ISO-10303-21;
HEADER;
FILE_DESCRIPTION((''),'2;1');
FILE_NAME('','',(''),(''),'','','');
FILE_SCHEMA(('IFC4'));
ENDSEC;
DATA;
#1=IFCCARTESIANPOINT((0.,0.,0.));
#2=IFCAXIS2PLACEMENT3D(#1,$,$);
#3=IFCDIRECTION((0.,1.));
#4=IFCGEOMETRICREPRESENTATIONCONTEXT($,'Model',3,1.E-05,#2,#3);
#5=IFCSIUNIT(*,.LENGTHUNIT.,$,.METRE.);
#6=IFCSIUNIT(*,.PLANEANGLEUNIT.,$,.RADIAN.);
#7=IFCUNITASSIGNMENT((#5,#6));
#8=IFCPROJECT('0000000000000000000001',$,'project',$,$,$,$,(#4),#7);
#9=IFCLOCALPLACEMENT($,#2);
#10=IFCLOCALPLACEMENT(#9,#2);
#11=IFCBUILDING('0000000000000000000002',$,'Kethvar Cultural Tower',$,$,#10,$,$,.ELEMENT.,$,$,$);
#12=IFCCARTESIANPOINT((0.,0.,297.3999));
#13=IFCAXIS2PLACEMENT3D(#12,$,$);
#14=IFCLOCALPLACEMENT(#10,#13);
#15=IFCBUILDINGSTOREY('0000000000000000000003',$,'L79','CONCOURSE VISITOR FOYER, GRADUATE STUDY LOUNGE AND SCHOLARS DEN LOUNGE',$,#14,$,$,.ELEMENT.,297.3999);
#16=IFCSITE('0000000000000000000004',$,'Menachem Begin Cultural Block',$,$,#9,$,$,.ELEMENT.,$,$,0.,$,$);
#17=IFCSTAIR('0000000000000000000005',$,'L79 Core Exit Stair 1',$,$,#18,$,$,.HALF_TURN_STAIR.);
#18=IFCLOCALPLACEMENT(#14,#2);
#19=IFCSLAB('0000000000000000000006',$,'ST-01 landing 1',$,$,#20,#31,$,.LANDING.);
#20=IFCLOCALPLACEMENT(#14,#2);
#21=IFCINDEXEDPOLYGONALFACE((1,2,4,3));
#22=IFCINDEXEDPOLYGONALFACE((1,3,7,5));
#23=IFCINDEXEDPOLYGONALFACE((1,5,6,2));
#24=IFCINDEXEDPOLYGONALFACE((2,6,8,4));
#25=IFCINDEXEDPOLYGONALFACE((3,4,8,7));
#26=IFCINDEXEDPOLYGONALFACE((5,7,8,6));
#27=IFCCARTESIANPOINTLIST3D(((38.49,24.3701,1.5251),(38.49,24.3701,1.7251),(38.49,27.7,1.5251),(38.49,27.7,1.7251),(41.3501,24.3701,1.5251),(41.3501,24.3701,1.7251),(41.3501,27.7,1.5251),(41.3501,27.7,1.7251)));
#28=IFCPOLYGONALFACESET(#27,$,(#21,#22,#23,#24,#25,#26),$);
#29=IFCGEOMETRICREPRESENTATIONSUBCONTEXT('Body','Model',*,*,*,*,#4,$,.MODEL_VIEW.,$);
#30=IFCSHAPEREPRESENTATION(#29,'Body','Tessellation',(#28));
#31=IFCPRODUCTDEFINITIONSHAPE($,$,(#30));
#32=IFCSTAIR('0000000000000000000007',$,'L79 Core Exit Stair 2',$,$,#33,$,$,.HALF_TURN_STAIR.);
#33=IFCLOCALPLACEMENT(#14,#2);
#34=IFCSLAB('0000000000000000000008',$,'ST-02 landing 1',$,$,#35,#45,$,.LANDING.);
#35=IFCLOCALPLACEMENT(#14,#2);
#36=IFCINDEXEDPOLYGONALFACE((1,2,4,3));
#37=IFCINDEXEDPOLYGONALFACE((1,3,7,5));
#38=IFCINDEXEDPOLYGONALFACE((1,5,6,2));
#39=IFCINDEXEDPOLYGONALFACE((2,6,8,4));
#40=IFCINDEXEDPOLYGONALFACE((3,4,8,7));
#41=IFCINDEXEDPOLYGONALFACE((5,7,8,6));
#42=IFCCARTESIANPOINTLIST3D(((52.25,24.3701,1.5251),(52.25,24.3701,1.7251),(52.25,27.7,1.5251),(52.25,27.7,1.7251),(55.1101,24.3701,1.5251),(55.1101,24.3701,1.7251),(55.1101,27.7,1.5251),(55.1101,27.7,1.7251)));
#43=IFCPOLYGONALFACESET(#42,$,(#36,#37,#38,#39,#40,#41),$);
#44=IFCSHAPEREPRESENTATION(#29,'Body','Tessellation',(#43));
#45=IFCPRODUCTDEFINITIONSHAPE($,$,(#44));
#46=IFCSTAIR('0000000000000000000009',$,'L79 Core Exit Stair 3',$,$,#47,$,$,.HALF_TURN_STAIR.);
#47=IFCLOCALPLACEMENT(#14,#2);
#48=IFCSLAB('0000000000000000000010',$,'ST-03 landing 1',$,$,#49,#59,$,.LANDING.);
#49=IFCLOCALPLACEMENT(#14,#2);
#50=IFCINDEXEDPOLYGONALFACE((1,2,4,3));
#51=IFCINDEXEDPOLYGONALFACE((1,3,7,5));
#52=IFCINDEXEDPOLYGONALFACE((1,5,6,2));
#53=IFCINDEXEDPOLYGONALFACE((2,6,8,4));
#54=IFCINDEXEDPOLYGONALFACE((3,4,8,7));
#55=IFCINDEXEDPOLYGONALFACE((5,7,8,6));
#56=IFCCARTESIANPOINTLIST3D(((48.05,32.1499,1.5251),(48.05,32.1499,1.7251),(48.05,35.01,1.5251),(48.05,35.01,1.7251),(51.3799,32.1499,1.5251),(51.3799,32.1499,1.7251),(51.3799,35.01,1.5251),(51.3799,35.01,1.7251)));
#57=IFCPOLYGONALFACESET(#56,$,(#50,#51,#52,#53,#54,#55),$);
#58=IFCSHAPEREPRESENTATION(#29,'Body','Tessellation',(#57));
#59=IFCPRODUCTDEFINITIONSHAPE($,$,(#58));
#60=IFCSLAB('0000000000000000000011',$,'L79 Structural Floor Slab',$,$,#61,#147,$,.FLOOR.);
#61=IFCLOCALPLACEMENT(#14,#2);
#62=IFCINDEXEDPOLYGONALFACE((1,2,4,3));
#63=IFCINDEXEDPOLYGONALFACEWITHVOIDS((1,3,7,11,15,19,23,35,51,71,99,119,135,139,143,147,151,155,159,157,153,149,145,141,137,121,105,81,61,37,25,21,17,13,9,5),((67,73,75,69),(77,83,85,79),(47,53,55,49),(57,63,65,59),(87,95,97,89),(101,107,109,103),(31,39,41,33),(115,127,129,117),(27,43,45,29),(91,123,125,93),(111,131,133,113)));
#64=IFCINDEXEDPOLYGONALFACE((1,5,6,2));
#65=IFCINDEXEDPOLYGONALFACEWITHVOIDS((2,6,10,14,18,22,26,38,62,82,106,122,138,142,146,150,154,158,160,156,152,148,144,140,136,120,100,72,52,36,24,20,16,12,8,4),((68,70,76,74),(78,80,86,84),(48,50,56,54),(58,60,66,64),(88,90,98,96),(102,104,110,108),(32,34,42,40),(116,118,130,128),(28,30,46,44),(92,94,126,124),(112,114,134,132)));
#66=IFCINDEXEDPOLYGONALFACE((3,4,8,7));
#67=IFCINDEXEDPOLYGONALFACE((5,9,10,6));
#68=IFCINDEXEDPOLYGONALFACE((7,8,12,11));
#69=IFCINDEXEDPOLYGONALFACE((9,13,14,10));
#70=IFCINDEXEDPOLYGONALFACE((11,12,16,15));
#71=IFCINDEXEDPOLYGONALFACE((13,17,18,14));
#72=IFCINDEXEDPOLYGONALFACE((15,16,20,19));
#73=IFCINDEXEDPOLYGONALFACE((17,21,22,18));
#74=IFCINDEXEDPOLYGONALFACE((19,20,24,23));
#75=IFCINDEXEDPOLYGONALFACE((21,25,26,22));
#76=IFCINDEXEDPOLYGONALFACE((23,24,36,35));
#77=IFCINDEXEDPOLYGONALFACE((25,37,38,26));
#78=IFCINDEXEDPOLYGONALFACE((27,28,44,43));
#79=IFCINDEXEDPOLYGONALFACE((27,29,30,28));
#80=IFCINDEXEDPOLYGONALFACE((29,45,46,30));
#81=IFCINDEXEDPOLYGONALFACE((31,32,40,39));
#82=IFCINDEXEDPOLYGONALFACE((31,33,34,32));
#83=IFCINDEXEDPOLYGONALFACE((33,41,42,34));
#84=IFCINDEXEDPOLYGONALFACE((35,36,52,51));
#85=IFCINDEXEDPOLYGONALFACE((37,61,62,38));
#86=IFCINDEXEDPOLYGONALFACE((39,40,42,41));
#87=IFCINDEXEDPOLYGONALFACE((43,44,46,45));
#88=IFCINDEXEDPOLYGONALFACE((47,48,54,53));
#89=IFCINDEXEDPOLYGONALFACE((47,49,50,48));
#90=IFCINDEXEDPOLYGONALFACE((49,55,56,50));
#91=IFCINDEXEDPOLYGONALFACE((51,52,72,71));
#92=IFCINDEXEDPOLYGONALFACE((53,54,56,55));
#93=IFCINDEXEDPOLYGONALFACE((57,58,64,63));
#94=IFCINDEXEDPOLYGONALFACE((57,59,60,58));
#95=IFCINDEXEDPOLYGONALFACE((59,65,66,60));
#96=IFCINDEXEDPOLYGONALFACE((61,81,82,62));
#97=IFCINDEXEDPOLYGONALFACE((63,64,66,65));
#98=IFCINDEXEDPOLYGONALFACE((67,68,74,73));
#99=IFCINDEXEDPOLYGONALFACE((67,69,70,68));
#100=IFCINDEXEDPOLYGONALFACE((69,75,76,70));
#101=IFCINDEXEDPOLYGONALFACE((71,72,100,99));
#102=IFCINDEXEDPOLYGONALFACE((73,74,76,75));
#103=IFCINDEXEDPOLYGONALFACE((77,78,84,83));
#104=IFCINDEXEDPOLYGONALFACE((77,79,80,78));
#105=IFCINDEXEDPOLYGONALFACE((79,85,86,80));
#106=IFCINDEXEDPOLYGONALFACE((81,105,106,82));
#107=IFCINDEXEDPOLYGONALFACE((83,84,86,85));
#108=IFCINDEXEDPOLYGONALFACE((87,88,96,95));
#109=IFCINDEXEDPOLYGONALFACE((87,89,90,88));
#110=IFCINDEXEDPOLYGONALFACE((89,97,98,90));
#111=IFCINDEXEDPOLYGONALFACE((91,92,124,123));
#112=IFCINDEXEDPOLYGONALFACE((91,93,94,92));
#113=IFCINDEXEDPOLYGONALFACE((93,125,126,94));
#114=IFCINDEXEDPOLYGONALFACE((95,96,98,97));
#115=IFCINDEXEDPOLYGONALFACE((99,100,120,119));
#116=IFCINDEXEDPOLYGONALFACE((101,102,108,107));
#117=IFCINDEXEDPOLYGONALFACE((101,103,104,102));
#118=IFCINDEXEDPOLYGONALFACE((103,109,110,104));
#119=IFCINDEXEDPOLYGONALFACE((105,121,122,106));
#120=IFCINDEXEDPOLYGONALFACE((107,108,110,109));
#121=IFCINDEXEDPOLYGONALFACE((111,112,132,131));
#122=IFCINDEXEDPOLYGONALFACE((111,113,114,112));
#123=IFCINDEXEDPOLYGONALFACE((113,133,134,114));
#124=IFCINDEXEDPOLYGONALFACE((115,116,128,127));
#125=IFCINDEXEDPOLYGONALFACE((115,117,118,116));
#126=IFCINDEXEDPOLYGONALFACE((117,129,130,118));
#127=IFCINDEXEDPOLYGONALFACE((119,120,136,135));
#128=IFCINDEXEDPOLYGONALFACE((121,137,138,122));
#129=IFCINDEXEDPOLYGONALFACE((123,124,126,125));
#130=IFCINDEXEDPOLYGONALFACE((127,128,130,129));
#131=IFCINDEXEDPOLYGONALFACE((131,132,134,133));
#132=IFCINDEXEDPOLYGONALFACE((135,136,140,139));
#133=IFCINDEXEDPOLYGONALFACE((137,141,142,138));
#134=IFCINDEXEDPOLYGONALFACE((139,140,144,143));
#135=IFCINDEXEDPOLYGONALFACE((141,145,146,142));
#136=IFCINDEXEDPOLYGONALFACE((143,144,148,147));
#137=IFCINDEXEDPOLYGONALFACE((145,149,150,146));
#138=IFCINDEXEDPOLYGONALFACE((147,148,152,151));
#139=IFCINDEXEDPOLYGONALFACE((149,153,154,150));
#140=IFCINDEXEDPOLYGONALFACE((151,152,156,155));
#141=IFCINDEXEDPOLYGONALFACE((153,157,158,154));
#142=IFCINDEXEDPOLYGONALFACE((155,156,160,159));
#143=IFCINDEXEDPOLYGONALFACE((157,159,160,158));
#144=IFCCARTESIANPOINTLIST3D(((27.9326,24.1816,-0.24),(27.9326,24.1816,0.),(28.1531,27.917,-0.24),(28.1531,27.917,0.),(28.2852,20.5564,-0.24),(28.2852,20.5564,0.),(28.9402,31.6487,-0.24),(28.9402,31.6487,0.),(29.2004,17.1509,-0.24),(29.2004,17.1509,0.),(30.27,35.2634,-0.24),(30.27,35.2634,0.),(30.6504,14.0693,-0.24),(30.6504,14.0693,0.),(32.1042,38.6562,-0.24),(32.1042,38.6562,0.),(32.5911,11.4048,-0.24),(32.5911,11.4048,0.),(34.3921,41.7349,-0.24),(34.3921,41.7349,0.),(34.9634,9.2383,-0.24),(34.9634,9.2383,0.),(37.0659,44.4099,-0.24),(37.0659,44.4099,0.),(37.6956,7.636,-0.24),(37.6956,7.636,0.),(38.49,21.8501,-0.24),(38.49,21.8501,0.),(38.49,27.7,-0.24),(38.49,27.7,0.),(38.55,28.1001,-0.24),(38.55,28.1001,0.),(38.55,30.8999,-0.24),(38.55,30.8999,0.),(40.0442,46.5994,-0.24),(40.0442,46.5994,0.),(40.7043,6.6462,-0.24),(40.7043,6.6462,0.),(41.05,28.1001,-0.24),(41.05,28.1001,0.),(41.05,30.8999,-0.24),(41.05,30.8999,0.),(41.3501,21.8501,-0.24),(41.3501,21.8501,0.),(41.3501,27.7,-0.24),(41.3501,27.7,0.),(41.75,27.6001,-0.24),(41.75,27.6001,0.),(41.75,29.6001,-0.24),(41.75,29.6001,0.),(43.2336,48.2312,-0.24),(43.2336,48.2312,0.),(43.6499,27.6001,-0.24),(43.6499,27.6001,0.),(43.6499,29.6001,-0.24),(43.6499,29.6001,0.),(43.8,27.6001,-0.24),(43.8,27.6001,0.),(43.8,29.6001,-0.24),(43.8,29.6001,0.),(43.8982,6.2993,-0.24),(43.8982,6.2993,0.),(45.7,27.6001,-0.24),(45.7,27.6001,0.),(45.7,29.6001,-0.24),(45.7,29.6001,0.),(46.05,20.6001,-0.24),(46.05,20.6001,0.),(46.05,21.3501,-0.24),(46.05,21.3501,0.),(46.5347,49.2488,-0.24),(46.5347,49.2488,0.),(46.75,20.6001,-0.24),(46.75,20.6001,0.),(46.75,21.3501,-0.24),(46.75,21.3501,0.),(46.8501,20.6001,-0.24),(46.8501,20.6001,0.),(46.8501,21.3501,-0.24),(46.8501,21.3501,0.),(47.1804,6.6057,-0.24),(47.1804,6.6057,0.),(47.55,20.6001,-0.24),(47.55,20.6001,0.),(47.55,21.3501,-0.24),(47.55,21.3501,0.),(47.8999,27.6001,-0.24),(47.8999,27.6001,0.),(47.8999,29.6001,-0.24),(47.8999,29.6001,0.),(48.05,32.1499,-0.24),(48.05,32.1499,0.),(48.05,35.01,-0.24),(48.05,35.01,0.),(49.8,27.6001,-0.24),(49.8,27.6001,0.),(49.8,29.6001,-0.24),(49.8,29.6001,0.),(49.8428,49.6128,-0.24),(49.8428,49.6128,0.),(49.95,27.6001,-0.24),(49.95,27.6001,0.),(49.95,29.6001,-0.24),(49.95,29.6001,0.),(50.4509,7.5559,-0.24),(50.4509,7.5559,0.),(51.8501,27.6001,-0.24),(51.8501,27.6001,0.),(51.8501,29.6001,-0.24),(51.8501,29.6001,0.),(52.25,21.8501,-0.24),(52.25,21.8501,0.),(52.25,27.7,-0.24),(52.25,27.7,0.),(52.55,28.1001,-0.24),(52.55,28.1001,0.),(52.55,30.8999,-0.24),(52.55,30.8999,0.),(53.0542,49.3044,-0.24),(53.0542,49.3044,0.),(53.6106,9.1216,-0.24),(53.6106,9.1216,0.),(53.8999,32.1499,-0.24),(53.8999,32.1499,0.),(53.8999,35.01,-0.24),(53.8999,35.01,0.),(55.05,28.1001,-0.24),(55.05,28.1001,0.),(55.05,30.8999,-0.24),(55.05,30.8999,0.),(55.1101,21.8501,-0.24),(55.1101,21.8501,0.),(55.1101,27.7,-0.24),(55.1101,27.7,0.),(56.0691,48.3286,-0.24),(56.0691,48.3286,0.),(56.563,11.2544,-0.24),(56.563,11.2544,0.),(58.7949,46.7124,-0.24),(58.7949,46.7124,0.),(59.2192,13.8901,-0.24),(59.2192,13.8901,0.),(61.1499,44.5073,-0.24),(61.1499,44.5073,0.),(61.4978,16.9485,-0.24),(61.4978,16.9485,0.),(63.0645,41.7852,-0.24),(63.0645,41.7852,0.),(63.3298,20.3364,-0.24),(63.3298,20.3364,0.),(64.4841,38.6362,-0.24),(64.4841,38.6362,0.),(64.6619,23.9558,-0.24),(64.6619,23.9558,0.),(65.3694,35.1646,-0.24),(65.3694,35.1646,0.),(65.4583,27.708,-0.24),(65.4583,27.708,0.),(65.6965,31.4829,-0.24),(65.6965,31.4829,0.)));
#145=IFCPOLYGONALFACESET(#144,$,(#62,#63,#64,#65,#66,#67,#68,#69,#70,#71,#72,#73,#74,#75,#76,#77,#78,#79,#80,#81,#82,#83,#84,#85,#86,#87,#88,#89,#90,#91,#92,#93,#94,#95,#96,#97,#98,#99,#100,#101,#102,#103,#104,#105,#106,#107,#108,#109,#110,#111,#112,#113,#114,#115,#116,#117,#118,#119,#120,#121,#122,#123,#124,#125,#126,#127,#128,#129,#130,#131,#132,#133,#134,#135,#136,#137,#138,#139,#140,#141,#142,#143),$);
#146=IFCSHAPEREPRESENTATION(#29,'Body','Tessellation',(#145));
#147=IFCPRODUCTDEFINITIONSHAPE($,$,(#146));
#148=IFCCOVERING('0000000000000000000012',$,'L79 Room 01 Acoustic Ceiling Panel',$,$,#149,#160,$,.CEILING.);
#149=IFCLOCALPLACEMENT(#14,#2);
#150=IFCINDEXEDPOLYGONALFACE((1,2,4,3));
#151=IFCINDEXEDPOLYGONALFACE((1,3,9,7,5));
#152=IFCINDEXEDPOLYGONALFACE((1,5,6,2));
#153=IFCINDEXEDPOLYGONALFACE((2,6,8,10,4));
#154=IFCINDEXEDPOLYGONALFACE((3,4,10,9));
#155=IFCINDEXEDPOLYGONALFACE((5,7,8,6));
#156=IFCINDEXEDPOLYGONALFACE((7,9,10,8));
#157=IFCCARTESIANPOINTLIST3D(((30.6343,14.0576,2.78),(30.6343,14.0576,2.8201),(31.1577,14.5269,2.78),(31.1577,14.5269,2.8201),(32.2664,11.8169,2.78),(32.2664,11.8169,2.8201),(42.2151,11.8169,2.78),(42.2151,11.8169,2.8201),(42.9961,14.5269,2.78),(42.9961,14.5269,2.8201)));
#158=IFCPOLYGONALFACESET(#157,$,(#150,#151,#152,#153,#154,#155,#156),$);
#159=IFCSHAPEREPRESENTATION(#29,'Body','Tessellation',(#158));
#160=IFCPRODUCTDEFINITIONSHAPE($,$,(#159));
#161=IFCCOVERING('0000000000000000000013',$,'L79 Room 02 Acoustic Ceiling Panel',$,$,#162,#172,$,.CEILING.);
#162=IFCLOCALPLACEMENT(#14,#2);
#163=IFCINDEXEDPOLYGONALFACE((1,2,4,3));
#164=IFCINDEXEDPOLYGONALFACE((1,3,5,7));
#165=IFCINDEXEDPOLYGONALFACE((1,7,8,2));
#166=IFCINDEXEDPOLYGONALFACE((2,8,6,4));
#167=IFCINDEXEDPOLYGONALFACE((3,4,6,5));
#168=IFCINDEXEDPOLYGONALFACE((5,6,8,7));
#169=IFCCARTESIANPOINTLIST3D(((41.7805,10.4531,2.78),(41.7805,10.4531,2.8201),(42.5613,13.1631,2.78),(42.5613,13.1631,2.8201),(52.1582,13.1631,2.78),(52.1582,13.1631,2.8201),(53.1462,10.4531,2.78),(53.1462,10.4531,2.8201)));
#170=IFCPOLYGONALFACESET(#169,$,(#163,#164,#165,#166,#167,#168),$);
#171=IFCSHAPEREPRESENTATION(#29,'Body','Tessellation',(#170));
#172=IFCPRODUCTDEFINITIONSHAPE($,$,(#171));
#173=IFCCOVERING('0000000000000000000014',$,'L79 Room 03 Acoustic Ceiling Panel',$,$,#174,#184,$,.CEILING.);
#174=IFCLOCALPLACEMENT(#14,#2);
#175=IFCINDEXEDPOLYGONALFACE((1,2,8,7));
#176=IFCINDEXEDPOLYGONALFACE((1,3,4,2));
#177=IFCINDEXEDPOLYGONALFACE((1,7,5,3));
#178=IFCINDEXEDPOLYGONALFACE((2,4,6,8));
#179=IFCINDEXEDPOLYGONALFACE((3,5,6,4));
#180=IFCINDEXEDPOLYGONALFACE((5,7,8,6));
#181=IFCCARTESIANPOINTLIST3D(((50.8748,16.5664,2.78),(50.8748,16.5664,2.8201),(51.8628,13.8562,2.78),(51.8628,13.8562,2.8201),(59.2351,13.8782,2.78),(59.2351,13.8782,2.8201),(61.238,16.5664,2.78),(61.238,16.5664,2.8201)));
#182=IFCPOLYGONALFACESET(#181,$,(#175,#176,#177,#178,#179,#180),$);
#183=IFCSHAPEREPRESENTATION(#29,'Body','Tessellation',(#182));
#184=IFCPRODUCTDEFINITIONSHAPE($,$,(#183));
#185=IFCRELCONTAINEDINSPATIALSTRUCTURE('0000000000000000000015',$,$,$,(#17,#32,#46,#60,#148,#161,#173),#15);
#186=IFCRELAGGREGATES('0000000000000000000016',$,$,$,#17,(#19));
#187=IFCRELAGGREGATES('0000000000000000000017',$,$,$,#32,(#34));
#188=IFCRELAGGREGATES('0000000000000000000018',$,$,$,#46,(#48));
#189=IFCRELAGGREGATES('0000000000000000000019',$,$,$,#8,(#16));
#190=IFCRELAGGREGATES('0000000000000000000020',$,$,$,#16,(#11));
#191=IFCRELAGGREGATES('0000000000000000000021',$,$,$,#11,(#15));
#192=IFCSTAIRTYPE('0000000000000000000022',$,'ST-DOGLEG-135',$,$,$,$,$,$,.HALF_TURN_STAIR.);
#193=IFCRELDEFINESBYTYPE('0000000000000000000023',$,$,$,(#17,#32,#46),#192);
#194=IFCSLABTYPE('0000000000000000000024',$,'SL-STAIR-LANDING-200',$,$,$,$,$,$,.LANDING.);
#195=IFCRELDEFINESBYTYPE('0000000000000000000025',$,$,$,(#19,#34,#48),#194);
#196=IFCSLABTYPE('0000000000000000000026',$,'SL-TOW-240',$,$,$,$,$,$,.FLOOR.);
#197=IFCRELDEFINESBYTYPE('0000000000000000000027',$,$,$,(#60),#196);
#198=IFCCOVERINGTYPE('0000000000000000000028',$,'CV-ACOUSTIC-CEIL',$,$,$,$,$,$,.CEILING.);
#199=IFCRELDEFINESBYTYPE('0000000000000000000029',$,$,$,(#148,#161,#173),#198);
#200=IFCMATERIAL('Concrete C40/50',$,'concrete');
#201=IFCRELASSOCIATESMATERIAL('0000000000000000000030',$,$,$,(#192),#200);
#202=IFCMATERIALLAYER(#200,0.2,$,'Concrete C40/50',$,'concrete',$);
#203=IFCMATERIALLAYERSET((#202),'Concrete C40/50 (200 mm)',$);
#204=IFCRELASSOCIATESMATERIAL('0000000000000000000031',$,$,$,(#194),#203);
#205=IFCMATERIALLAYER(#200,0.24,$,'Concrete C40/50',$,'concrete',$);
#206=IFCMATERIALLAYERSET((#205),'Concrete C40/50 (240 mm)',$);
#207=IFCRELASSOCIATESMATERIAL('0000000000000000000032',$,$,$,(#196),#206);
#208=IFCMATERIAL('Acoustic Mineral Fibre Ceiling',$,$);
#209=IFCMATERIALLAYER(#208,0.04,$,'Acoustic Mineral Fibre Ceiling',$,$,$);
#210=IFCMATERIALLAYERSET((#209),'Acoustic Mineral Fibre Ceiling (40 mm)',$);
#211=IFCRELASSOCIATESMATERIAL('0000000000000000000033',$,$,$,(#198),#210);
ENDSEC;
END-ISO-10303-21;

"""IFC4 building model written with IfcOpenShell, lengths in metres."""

from ifc_helpers import new_model, si_unit, direction, frame, origin, place, context, subcontext, project, spatial, polyline, outline, extrude, material, layer, layer_set, type_object, element, aggregate, save


model = new_model("IFC4")

# Units and contexts
model_context = context("Model", 3, precision=1e-05, world=origin(), true_north=direction((0.0, 1.0)))
body_context = subcontext(model_context, "Body", "Model", "MODEL_VIEW")
ifc_project = project(units=[si_unit("LENGTHUNIT", "METRE"), si_unit("PLANEANGLEUNIT", "RADIAN")], contexts=[model_context])

# Site, building, storey
site_placement = place(None, origin())
site = spatial("IfcSite", under=ifc_project, at=site_placement, Name="Menachem Begin Cultural Block", CompositionType="ELEMENT", RefElevation=0.0)
building_placement = place(site_placement, origin())
building = spatial("IfcBuilding", under=site, at=building_placement, Name="Kethvar Cultural Tower", CompositionType="ELEMENT")
storey_placement = place(building_placement, frame((0.0, 0.0, 297.3999)))
storey = spatial("IfcBuildingStorey", under=building, at=storey_placement, Name="L79", Description="CONCOURSE VISITOR FOYER, GRADUATE STUDY LOUNGE AND SCHOLARS DEN LOUNGE", CompositionType="ELEMENT", Elevation=297.3999)

# Stairs, slabs
ifc_material_1 = material(Name="Concrete C40/50", Category="concrete")
stair_type = type_object("IfcStairType", Name="ST-DOGLEG-135", PredefinedType="HALF_TURN_STAIR", material=ifc_material_1)
stair_1_placement = place(storey_placement, origin())
stair_1 = element("IfcStair", 1, at=stair_1_placement, inside=storey, type_object=stair_type, Name="L79 Core Exit Stair 1", PredefinedType="HALF_TURN_STAIR")
ifc_layer_1 = layer(ifc_material_1, 0.2, Name="Concrete C40/50", Category="concrete")
ifc_layer_set_1 = layer_set([ifc_layer_1], Name="Concrete C40/50 (200 mm)")
slab_type_1 = type_object("IfcSlabType", Name="SL-STAIR-LANDING-200", PredefinedType="LANDING", material=ifc_layer_set_1)
slab_1_placement = place(storey_placement, frame((0.0, 0.0, 1.5251)))
slab_1 = element("IfcSlab", 2, at=slab_1_placement, type_object=slab_type_1, Name="ST-01 landing 1", PredefinedType="LANDING", context=body_context, shape_type="SweptSolid", body=[
    extrude(outline(polyline([(41.3501, 24.3701), (41.3501, 27.7), (38.49, 27.7), (38.49, 24.3701), (41.3501, 24.3701)])), origin(), (0.0, 0.0, 1.0), 0.2),
])
aggregate(stair_1, [slab_1])
stair_2_placement = place(storey_placement, origin())
stair_2 = element("IfcStair", 3, at=stair_2_placement, inside=storey, type_object=stair_type, Name="L79 Core Exit Stair 2", PredefinedType="HALF_TURN_STAIR")
slab_2_placement = place(storey_placement, frame((0.0, 0.0, 1.5251)))
slab_2 = element("IfcSlab", 4, at=slab_2_placement, type_object=slab_type_1, Name="ST-02 landing 1", PredefinedType="LANDING", context=body_context, shape_type="SweptSolid", body=[
    extrude(outline(polyline([(55.1101, 24.3701), (55.1101, 27.7), (52.25, 27.7), (52.25, 24.3701), (55.1101, 24.3701)])), origin(), (0.0, 0.0, 1.0), 0.2),
])
aggregate(stair_2, [slab_2])
stair_3_placement = place(storey_placement, origin())
stair_3 = element("IfcStair", 5, at=stair_3_placement, inside=storey, type_object=stair_type, Name="L79 Core Exit Stair 3", PredefinedType="HALF_TURN_STAIR")
slab_3_placement = place(storey_placement, frame((0.0, 0.0, 1.5251)))
slab_3 = element("IfcSlab", 6, at=slab_3_placement, type_object=slab_type_1, Name="ST-03 landing 1", PredefinedType="LANDING", context=body_context, shape_type="SweptSolid", body=[
    extrude(outline(polyline([(51.3799, 35.01), (48.05, 35.01), (48.05, 32.1499), (51.3799, 32.1499), (51.3799, 35.01)])), origin(), (0.0, 0.0, 1.0), 0.2),
])
aggregate(stair_3, [slab_3])

# Slab
ifc_layer_2 = layer(ifc_material_1, 0.24, Name="Concrete C40/50", Category="concrete")
ifc_layer_set_2 = layer_set([ifc_layer_2], Name="Concrete C40/50 (240 mm)")
slab_type_2 = type_object("IfcSlabType", Name="SL-TOW-240", PredefinedType="FLOOR", material=ifc_layer_set_2)
slab_4_placement = place(storey_placement, frame((0.0, 0.0, -0.24)))
element("IfcSlab", 7, at=slab_4_placement, inside=storey, type_object=slab_type_2, Name="L79 Structural Floor Slab", PredefinedType="FLOOR", context=body_context, shape_type="SweptSolid", body=[
    extrude(outline(polyline([(56.0691, 48.3286), (53.0542, 49.3044), (49.8428, 49.6128), (46.5347, 49.2488), (43.2336, 48.2312), (40.0442, 46.5994), (37.0659, 44.4099), (34.3921, 41.7349), (32.1042, 38.6562), (30.27, 35.2634), (28.9402, 31.6487), (28.1531, 27.917), (27.9326, 24.1816), (28.2852, 20.5564), (29.2004, 17.1509), (30.6504, 14.0693), (32.5911, 11.4048), (34.9634, 9.2383), (37.6956, 7.636), (40.7043, 6.6462), (43.8982, 6.2993), (47.1804, 6.6057), (50.4509, 7.5559), (53.6106, 9.1216), (56.563, 11.2544), (59.2192, 13.8901), (61.4978, 16.9485), (63.3298, 20.3364), (64.6619, 23.9558), (65.4583, 27.708), (65.6965, 31.4829), (65.3694, 35.1646), (64.4841, 38.6362), (63.0645, 41.7852), (61.1499, 44.5073), (58.7949, 46.7124), (56.0691, 48.3286)]), holes=[polyline([(38.49, 21.8501), (38.49, 27.7), (41.3501, 27.7), (41.3501, 21.8501), (38.49, 21.8501)]), polyline([(52.25, 21.8501), (52.25, 27.7), (55.1101, 27.7), (55.1101, 21.8501), (52.25, 21.8501)]), polyline([(53.8999, 32.1499), (48.05, 32.1499), (48.05, 35.01), (53.8999, 35.01), (53.8999, 32.1499)]), polyline([(41.75, 29.6001), (43.6499, 29.6001), (43.6499, 27.6001), (41.75, 27.6001), (41.75, 29.6001)]), polyline([(43.8, 29.6001), (45.7, 29.6001), (45.7, 27.6001), (43.8, 27.6001), (43.8, 29.6001)]), polyline([(47.8999, 29.6001), (49.8, 29.6001), (49.8, 27.6001), (47.8999, 27.6001), (47.8999, 29.6001)]), polyline([(49.95, 29.6001), (51.8501, 29.6001), (51.8501, 27.6001), (49.95, 27.6001), (49.95, 29.6001)]), polyline([(38.55, 30.8999), (41.05, 30.8999), (41.05, 28.1001), (38.55, 28.1001), (38.55, 30.8999)]), polyline([(52.55, 30.8999), (55.05, 30.8999), (55.05, 28.1001), (52.55, 28.1001), (52.55, 30.8999)]), polyline([(46.05, 21.3501), (46.75, 21.3501), (46.75, 20.6001), (46.05, 20.6001), (46.05, 21.3501)]), polyline([(46.8501, 21.3501), (47.55, 21.3501), (47.55, 20.6001), (46.8501, 20.6001), (46.8501, 21.3501)])]), origin(), (0.0, 0.0, 1.0), 0.24),
])

# Coverings
ifc_material_2 = material(Name="Acoustic Mineral Fibre Ceiling")
ifc_layer_3 = layer(ifc_material_2, 0.04, Name="Acoustic Mineral Fibre Ceiling")
ifc_layer_set_3 = layer_set([ifc_layer_3], Name="Acoustic Mineral Fibre Ceiling (40 mm)")
covering_type_1 = type_object("IfcCoveringType", Name="CV-ACOUSTIC-CEIL", PredefinedType="CEILING", material=ifc_layer_set_3)
covering_1_placement = place(storey_placement, frame((0.0, 0.0, 2.78)))
element("IfcCovering", 8, at=covering_1_placement, inside=storey, type_object=covering_type_1, Name="L79 Room 01 Acoustic Ceiling Panel", PredefinedType="CEILING", context=body_context, shape_type="SweptSolid", body=[
    extrude(outline(polyline([(30.6343, 14.0576), (31.1577, 14.5269), (42.9961, 14.5269), (42.2151, 11.8169), (32.2664, 11.8169), (30.6343, 14.0576)])), origin(), (0.0, 0.0, 1.0), 0.04),
])
covering_2_placement = place(storey_placement, frame((0.0, 0.0, 2.78)))
element("IfcCovering", 9, at=covering_2_placement, inside=storey, type_object=covering_type_1, Name="L79 Room 02 Acoustic Ceiling Panel", PredefinedType="CEILING", context=body_context, shape_type="SweptSolid", body=[
    extrude(outline(polyline([(42.5613, 13.1631), (52.1582, 13.1631), (53.1462, 10.4531), (41.7805, 10.4531), (42.5613, 13.1631)])), origin(), (0.0, 0.0, 1.0), 0.04),
])
covering_3_placement = place(storey_placement, frame((0.0, 0.0, 2.78)))
element("IfcCovering", 10, at=covering_3_placement, inside=storey, type_object=covering_type_1, Name="L79 Room 03 Acoustic Ceiling Panel", PredefinedType="CEILING", context=body_context, shape_type="SweptSolid", body=[
    extrude(outline(polyline([(59.2351, 13.8782), (51.8628, 13.8562), (50.8748, 16.5664), (61.238, 16.5664), (59.2351, 13.8782)])), origin(), (0.0, 0.0, 1.0), 0.04),
])

save(model, "model.ifc")
